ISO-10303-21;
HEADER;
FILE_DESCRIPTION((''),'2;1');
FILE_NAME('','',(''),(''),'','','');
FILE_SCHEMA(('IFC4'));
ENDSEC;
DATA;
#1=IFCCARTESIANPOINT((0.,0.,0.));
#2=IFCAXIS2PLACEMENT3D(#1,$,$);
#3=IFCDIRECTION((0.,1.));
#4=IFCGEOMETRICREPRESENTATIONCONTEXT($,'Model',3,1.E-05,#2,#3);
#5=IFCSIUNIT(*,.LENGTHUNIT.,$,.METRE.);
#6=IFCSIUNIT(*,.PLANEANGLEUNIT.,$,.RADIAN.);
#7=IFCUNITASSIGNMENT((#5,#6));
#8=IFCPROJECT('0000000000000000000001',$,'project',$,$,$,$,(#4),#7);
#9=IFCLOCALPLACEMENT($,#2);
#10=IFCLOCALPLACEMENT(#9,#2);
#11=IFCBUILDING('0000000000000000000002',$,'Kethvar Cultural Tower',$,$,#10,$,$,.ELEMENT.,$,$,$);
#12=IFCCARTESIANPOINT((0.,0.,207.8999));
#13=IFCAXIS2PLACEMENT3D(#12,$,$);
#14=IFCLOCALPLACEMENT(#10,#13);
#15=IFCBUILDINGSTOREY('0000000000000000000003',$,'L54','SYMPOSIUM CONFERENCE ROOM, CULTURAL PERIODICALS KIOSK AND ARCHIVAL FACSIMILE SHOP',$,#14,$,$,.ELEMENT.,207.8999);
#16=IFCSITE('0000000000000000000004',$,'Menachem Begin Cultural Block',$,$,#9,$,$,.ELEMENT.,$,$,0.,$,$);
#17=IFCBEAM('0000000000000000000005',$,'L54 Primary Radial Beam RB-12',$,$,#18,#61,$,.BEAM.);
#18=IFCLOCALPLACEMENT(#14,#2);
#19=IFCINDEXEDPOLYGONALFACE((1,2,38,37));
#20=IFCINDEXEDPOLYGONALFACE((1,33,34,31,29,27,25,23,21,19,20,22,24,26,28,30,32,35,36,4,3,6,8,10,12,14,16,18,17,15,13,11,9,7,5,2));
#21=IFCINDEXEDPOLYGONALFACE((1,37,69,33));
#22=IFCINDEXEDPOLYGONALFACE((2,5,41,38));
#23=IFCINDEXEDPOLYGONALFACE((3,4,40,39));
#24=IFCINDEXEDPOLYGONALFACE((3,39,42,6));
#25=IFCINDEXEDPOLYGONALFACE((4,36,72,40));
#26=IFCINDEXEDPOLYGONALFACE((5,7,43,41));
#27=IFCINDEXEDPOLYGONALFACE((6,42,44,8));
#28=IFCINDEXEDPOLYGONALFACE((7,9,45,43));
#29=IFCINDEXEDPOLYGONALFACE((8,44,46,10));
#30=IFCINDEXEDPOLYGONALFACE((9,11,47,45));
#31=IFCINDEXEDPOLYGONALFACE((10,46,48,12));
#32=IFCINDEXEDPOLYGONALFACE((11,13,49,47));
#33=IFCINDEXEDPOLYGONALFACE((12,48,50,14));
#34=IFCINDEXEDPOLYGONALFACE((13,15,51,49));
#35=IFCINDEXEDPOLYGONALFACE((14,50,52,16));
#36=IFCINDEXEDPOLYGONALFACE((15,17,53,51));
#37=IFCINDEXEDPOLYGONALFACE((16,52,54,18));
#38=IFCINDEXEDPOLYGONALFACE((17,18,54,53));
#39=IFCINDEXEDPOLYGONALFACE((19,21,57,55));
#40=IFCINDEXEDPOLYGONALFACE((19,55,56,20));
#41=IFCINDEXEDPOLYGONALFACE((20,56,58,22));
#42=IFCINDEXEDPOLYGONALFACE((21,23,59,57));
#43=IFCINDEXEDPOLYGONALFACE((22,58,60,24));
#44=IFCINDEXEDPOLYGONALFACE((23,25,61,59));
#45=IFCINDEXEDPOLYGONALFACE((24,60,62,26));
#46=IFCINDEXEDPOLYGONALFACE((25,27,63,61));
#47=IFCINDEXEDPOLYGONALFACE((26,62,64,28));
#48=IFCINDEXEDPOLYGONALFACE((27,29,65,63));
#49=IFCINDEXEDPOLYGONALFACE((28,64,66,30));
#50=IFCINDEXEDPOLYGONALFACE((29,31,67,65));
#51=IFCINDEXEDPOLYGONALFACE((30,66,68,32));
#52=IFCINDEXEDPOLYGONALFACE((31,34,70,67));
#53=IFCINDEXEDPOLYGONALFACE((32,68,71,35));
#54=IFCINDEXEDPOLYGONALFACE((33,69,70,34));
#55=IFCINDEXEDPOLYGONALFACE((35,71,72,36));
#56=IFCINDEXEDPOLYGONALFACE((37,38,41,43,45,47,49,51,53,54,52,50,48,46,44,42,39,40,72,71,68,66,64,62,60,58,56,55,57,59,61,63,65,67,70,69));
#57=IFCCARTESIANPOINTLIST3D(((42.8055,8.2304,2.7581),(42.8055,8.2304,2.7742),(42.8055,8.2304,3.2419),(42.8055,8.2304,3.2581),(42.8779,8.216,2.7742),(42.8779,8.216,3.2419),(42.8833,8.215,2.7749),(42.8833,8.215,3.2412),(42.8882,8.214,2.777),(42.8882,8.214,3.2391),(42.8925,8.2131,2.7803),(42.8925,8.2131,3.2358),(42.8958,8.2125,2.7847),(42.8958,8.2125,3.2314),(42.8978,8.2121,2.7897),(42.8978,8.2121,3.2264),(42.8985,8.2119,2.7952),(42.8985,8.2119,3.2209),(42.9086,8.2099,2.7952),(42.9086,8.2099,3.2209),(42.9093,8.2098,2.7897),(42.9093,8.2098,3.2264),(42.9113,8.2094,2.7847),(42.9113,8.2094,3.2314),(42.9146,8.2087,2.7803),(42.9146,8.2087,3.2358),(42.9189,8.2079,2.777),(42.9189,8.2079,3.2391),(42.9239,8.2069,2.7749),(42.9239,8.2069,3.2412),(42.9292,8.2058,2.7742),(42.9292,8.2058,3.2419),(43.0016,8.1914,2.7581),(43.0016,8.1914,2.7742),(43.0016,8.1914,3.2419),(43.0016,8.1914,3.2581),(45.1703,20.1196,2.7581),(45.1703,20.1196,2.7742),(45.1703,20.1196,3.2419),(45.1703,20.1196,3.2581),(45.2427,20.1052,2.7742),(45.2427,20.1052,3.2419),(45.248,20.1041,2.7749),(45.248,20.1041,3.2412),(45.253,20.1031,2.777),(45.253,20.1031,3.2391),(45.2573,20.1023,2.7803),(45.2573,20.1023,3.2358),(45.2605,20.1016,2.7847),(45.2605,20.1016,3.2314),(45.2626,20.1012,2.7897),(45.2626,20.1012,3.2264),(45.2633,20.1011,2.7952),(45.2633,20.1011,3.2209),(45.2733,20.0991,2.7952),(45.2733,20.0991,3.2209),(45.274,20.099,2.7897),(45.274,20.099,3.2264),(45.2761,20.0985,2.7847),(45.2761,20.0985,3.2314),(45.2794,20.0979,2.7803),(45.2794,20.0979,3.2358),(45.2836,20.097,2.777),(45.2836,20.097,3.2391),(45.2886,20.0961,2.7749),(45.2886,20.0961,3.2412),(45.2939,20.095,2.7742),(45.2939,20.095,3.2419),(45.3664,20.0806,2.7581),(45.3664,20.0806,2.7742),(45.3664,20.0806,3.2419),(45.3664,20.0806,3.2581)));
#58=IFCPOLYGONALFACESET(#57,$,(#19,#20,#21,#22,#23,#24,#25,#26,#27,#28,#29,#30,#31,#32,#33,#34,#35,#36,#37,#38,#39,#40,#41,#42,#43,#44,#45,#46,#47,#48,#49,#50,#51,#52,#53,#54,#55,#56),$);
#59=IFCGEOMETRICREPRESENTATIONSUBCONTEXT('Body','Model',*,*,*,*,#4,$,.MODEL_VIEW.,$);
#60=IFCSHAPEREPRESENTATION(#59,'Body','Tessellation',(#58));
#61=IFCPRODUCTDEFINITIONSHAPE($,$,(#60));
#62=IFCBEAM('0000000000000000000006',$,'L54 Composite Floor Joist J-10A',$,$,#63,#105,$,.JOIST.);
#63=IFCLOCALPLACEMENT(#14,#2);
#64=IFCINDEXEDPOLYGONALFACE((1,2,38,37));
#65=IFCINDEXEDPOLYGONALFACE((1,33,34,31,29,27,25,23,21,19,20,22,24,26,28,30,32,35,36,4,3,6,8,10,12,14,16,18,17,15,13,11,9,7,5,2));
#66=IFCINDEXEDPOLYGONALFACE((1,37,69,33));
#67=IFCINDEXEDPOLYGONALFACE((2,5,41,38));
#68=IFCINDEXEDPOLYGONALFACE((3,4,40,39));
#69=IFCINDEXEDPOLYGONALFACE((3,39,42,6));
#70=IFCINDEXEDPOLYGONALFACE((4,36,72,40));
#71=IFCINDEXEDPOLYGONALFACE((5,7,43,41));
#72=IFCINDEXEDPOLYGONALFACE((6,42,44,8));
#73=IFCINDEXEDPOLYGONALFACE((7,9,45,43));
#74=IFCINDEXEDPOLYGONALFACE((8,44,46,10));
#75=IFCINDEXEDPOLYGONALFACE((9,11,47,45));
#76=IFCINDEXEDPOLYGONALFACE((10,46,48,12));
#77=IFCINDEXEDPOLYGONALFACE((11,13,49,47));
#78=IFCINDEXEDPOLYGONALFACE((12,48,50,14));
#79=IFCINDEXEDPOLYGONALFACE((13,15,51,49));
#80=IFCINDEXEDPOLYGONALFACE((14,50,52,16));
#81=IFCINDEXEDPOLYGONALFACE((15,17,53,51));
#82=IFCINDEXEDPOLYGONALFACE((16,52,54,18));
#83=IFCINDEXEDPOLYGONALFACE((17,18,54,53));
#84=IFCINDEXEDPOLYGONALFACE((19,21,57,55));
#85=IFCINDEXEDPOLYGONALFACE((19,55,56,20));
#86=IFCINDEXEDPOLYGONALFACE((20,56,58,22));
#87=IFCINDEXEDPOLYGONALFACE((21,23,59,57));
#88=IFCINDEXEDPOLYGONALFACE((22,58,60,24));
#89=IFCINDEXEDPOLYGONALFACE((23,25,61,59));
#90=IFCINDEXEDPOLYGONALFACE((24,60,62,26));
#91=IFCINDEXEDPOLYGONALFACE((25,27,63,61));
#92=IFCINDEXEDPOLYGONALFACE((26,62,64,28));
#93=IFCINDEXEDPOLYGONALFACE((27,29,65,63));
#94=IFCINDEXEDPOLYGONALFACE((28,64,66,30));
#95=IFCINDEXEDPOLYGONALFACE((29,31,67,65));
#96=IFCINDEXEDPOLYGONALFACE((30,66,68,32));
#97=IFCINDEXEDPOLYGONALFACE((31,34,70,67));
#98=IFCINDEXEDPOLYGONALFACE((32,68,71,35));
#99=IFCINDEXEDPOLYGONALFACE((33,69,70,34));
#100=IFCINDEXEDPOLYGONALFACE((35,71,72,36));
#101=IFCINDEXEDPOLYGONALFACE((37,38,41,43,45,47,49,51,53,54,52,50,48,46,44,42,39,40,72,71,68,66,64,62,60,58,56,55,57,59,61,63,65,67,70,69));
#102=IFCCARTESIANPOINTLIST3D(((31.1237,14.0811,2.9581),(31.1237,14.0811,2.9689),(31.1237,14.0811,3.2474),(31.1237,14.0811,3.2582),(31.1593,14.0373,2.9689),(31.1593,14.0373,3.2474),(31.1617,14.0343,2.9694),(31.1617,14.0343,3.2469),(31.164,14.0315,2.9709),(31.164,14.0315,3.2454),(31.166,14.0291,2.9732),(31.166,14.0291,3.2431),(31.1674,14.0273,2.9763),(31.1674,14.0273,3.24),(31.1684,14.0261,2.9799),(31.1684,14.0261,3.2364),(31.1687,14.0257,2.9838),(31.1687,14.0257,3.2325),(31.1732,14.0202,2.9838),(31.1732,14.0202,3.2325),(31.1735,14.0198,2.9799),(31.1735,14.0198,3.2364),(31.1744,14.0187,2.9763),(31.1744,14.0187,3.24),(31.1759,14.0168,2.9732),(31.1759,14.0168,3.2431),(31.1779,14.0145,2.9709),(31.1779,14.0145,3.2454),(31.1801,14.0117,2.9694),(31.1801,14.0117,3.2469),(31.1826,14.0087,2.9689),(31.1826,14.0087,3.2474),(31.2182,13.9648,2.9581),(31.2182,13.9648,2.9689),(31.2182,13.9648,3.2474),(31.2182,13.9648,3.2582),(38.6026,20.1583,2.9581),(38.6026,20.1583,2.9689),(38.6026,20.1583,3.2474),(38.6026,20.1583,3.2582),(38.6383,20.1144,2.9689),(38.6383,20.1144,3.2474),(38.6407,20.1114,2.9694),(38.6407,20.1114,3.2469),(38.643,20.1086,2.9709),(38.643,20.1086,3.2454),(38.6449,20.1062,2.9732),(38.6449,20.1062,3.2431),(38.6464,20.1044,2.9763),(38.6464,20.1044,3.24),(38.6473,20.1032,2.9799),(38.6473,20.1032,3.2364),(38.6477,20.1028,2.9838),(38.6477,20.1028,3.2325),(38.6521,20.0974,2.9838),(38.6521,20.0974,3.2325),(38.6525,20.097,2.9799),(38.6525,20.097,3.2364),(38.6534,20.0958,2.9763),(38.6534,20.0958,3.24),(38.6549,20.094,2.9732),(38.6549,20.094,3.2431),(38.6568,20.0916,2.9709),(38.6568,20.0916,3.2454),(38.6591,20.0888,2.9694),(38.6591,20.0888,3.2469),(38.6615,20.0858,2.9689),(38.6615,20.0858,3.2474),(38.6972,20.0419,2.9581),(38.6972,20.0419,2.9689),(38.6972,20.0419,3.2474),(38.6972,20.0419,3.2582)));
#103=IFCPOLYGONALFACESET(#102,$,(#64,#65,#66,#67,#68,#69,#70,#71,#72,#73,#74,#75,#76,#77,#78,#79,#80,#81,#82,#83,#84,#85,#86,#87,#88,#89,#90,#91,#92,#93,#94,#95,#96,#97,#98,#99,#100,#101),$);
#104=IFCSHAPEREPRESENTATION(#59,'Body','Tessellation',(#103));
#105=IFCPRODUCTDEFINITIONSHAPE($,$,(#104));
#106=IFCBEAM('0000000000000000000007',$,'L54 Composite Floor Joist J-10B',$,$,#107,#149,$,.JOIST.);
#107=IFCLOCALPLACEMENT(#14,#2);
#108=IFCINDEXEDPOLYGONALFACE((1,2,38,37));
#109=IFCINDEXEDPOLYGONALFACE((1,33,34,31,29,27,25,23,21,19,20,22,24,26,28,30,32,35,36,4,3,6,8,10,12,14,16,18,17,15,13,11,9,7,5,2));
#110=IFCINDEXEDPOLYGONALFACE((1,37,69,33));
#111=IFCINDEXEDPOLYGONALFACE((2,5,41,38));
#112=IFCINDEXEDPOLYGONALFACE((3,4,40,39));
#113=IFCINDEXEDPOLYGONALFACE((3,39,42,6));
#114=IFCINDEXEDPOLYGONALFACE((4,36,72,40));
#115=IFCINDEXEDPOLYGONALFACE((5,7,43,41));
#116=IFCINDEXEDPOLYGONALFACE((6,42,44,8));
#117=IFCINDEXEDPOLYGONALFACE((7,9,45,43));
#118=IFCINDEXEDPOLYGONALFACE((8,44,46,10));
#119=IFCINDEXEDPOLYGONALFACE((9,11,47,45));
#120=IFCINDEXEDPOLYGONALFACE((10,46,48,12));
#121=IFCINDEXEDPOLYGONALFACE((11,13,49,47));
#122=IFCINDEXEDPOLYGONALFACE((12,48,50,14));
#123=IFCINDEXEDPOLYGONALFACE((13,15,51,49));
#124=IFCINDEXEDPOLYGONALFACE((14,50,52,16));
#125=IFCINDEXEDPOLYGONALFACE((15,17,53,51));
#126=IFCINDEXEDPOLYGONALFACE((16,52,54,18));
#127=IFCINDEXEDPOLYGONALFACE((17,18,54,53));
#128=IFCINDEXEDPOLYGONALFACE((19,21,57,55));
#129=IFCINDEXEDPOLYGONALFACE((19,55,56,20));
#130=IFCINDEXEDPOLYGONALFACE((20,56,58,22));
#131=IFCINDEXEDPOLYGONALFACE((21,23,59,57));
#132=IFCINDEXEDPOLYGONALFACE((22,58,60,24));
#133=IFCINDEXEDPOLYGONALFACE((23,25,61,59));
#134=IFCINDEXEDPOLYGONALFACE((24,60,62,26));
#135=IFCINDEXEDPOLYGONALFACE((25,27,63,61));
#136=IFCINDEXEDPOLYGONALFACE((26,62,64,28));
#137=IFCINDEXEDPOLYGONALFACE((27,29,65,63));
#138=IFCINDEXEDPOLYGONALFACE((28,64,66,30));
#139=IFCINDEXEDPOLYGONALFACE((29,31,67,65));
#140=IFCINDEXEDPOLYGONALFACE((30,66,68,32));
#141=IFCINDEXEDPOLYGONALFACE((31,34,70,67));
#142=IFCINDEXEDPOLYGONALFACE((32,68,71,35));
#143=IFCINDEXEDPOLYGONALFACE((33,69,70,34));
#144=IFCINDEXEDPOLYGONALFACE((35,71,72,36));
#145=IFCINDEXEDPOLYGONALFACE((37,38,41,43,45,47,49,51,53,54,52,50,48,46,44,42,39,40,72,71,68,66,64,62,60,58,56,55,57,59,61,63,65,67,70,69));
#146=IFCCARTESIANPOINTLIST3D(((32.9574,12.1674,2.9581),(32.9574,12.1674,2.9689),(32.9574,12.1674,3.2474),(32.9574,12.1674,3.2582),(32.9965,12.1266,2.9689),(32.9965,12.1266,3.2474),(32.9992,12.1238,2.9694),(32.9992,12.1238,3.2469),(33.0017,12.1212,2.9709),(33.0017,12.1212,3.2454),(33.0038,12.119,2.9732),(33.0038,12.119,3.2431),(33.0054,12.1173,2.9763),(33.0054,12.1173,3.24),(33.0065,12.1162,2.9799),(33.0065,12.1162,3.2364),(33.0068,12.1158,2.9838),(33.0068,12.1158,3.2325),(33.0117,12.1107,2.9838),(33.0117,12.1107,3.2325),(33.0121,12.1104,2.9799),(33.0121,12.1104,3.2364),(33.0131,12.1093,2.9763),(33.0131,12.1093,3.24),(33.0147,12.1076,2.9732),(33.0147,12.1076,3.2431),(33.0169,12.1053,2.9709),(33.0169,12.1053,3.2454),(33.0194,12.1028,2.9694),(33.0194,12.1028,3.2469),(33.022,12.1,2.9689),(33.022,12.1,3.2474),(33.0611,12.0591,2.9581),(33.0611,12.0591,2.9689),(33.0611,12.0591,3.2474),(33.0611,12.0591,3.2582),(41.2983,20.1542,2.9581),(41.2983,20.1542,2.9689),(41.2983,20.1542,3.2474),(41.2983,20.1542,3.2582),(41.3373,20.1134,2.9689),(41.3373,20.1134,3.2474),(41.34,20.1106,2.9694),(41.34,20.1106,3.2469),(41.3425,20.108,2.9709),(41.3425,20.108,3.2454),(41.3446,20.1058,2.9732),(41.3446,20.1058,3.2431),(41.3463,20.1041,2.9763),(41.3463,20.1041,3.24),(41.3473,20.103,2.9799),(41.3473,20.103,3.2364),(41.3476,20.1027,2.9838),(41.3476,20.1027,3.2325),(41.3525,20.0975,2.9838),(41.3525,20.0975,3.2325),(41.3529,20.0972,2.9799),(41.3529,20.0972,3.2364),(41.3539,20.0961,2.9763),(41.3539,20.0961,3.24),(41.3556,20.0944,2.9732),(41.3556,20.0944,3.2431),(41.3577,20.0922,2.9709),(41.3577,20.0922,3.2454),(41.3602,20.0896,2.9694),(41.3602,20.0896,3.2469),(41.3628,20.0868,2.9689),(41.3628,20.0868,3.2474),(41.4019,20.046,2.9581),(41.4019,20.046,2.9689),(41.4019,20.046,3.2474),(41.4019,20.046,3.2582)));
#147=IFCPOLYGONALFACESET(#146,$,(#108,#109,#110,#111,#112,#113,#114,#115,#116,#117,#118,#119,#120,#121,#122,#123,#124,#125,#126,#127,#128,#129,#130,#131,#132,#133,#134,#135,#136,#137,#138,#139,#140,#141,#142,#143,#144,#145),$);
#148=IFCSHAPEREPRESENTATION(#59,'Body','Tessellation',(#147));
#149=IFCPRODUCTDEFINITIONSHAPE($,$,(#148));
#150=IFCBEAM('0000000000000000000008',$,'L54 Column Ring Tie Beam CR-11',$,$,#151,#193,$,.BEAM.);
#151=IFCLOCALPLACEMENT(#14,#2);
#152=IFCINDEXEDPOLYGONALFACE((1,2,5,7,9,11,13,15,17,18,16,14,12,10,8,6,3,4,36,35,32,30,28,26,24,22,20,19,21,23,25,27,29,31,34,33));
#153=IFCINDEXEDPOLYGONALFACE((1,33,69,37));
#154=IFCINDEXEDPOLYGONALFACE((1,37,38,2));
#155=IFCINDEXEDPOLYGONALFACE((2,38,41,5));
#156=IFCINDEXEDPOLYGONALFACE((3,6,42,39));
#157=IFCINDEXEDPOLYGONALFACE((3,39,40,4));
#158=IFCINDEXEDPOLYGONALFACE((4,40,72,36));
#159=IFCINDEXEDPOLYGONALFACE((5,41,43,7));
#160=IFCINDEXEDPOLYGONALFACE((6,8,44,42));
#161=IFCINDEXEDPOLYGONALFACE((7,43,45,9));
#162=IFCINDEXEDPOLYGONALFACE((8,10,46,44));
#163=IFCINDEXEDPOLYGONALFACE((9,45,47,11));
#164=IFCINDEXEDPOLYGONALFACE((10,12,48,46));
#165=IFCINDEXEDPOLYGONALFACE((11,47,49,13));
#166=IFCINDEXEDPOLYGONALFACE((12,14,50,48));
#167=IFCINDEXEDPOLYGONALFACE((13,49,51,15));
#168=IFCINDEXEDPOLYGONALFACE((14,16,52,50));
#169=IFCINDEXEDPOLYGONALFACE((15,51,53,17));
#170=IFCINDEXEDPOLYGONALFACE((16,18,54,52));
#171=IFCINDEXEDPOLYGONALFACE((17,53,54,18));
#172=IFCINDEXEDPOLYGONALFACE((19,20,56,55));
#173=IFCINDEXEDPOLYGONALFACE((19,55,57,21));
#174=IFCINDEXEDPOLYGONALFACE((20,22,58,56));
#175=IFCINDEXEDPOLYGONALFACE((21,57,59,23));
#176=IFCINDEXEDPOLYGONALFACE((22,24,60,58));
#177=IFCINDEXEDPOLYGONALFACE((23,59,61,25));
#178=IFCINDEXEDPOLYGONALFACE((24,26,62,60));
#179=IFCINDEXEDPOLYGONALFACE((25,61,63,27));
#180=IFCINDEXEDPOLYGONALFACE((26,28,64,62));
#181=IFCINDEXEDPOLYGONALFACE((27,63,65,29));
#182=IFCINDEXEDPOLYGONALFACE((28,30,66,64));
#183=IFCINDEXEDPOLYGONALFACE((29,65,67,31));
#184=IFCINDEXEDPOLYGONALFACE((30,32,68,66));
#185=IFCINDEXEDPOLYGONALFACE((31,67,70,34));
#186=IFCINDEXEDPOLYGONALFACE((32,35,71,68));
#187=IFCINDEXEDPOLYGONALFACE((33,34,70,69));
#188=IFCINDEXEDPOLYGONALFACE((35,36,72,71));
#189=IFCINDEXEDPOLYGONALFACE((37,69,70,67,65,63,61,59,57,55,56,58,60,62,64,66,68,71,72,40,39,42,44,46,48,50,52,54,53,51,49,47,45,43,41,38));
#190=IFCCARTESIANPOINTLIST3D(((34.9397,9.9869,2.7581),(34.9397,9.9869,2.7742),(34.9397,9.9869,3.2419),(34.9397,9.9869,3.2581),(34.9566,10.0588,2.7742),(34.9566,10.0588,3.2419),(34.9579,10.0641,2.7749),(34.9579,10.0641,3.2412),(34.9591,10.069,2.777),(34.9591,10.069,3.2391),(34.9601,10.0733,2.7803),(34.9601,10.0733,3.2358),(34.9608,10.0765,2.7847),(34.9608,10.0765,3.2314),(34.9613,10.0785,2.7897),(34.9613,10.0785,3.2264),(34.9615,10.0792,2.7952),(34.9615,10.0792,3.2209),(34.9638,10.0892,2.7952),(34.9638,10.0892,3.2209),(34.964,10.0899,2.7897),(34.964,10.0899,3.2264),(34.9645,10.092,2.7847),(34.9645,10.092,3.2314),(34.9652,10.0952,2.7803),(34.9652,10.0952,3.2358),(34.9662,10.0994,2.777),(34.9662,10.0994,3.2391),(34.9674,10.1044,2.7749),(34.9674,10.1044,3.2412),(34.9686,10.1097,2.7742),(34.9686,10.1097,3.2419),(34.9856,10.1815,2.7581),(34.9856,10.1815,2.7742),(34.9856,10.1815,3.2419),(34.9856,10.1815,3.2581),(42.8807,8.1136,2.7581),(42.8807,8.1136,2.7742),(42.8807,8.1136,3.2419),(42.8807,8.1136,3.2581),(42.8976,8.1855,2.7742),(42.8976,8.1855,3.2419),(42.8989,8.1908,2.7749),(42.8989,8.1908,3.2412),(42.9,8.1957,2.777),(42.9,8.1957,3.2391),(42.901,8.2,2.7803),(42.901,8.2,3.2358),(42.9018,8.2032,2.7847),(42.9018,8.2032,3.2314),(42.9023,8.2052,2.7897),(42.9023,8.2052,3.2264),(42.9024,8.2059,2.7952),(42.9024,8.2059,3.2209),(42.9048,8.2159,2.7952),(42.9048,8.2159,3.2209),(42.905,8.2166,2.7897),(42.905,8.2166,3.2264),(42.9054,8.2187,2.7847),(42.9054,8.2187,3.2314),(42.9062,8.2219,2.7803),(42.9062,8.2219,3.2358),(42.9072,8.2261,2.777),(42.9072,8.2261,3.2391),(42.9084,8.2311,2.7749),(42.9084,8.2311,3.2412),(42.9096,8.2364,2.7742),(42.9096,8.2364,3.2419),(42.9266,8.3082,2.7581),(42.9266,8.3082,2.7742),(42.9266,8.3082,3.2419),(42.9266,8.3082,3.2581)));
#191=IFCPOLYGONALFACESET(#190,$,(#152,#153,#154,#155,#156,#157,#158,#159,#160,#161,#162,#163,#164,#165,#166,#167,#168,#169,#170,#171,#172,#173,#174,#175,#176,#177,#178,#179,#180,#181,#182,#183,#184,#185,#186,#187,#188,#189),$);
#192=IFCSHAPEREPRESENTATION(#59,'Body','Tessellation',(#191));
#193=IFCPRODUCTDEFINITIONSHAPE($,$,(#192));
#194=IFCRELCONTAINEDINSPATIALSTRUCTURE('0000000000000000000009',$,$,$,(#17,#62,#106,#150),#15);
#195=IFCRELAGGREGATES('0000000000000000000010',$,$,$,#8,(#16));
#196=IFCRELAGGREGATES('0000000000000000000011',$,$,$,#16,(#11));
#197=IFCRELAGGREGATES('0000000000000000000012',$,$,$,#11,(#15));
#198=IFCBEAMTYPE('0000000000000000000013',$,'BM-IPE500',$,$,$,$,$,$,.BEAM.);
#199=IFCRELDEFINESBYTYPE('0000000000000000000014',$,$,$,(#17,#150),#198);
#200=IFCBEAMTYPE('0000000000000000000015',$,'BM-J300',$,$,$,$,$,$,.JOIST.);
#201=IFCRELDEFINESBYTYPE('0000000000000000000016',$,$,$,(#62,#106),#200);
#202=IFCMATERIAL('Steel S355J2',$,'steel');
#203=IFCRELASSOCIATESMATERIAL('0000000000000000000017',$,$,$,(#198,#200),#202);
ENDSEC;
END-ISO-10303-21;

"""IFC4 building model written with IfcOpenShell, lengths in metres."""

from ifc_helpers import new_model, si_unit, direction, frame, origin, origin_2d, place, context, subcontext, project, spatial, i_section, extrude, source, transform, mapped, material, material_profile, profile_set, type_object, element, save


model = new_model("IFC4")

# Units and contexts
model_context = context("Model", 3, precision=1e-05, world=origin(), true_north=direction((0.0, 1.0)))
body_context = subcontext(model_context, "Body", "Model", "MODEL_VIEW")
ifc_project = project(units=[si_unit("LENGTHUNIT", "METRE"), si_unit("PLANEANGLEUNIT", "RADIAN")], contexts=[model_context])

# Site, building, storey
site_placement = place(None, origin())
site = spatial("IfcSite", under=ifc_project, at=site_placement, Name="Menachem Begin Cultural Block", CompositionType="ELEMENT", RefElevation=0.0)
building_placement = place(site_placement, origin())
building = spatial("IfcBuilding", under=site, at=building_placement, Name="Kethvar Cultural Tower", CompositionType="ELEMENT")
storey_placement = place(building_placement, frame((0.0, 0.0, 207.8999)))
storey = spatial("IfcBuildingStorey", under=building, at=storey_placement, Name="L54", Description="SYMPOSIUM CONFERENCE ROOM, CULTURAL PERIODICALS KIOSK AND ARCHIVAL FACSIMILE SHOP", CompositionType="ELEMENT", Elevation=207.8999)

# Beams
ifc_material_1 = material(Name="Steel S355J2", Category="steel")
ifc_material_profile_1 = material_profile(ifc_material_1, i_section(OverallWidth=0.2, OverallDepth=0.5, WebThickness=0.0103, FlangeThickness=0.0161, FilletRadius=0.021, at=origin_2d()), Name="Steel S355J2 — IPE500")
ifc_profile_set_1 = profile_set([ifc_material_profile_1], Name="Steel S355J2 — IPE500")
beam_type_1 = type_object("IfcBeamType", Name="BM-IPE500", PredefinedType="BEAM", material=ifc_profile_set_1)
shared_shape_1 = source(origin(), body_context, "Body", "SweptSolid", [
    extrude(i_section(OverallWidth=0.2, OverallDepth=0.5, WebThickness=0.0103, FlangeThickness=0.0161, FilletRadius=0.021, at=origin_2d()), origin(), (0.0, 0.0, 1.0), 12.1221),
])
beam_1_placement = place(storey_placement, frame((45.2683, 20.1001, 3.0081), z_axis=(-0.195078, -0.980788, 0.0), x_axis=(0.980788, -0.195078, 0.0)))
element("IfcBeam", 1, at=beam_1_placement, inside=storey, type_object=beam_type_1, Name="L54 Primary Radial Beam RB-12", PredefinedType="BEAM", context=body_context, shape_type="MappedRepresentation", body=[
    mapped(shared_shape_1, transform((0.0, 0.0, 0.0), scale=1.0)),
])
ifc_material_profile_2 = material_profile(ifc_material_1, i_section(OverallWidth=0.1499, OverallDepth=0.3, WebThickness=0.0071, FlangeThickness=0.0107, FilletRadius=0.0149, at=origin_2d()), Name="Steel S355J2 — IPE300")
ifc_profile_set_2 = profile_set([ifc_material_profile_2], Name="Steel S355J2 — IPE300")
beam_type_2 = type_object("IfcBeamType", Name="BM-J300", PredefinedType="JOIST", material=ifc_profile_set_2)
shared_shape_2 = source(origin(), body_context, "Body", "SweptSolid", [
    extrude(i_section(OverallWidth=0.1499, OverallDepth=0.3, WebThickness=0.0071, FlangeThickness=0.0107, FilletRadius=0.0149, at=origin_2d()), origin(), (0.0, 0.0, 1.0), 9.6367),
])
beam_2_placement = place(storey_placement, frame((38.6499, 20.1001, 3.1082), z_axis=(-0.776091, -0.630621, 0.0), x_axis=(0.630621, -0.776091, 0.0)))
element("IfcBeam", 2, at=beam_2_placement, inside=storey, type_object=beam_type_2, Name="L54 Composite Floor Joist J-10A", PredefinedType="JOIST", context=body_context, shape_type="MappedRepresentation", body=[
    mapped(shared_shape_2, transform((0.0, 0.0, 0.0), scale=1.0)),
])
shared_shape_3 = source(origin(), body_context, "Body", "SweptSolid", [
    extrude(i_section(OverallWidth=0.1499, OverallDepth=0.3, WebThickness=0.0071, FlangeThickness=0.0107, FilletRadius=0.0149, at=origin_2d()), origin(), (0.0, 0.0, 1.0), 11.5481),
])
beam_3_placement = place(storey_placement, frame((41.3501, 20.1001, 3.1082), z_axis=(-0.722268, -0.691613, 0.0), x_axis=(0.691613, -0.722268, 0.0)))
element("IfcBeam", 3, at=beam_3_placement, inside=storey, type_object=beam_type_2, Name="L54 Composite Floor Joist J-10B", PredefinedType="JOIST", context=body_context, shape_type="MappedRepresentation", body=[
    mapped(shared_shape_3, transform((0.0, 0.0, 0.0), scale=1.0)),
])
shared_shape_4 = source(origin(), body_context, "Body", "SweptSolid", [
    extrude(i_section(OverallWidth=0.2, OverallDepth=0.5, WebThickness=0.0103, FlangeThickness=0.0161, FilletRadius=0.021, at=origin_2d()), origin(), (0.0, 0.0, 1.0), 8.1589),
])
beam_4_placement = place(storey_placement, frame((34.9626, 10.0842, 3.0081), z_axis=(0.973285, -0.229601, 0.0), x_axis=(0.229601, 0.973285, 0.0)))
element("IfcBeam", 4, at=beam_4_placement, inside=storey, type_object=beam_type_1, Name="L54 Column Ring Tie Beam CR-11", PredefinedType="BEAM", context=body_context, shape_type="MappedRepresentation", body=[
    mapped(shared_shape_4, transform((0.0, 0.0, 0.0), scale=1.0)),
])

save(model, "model.ifc")
